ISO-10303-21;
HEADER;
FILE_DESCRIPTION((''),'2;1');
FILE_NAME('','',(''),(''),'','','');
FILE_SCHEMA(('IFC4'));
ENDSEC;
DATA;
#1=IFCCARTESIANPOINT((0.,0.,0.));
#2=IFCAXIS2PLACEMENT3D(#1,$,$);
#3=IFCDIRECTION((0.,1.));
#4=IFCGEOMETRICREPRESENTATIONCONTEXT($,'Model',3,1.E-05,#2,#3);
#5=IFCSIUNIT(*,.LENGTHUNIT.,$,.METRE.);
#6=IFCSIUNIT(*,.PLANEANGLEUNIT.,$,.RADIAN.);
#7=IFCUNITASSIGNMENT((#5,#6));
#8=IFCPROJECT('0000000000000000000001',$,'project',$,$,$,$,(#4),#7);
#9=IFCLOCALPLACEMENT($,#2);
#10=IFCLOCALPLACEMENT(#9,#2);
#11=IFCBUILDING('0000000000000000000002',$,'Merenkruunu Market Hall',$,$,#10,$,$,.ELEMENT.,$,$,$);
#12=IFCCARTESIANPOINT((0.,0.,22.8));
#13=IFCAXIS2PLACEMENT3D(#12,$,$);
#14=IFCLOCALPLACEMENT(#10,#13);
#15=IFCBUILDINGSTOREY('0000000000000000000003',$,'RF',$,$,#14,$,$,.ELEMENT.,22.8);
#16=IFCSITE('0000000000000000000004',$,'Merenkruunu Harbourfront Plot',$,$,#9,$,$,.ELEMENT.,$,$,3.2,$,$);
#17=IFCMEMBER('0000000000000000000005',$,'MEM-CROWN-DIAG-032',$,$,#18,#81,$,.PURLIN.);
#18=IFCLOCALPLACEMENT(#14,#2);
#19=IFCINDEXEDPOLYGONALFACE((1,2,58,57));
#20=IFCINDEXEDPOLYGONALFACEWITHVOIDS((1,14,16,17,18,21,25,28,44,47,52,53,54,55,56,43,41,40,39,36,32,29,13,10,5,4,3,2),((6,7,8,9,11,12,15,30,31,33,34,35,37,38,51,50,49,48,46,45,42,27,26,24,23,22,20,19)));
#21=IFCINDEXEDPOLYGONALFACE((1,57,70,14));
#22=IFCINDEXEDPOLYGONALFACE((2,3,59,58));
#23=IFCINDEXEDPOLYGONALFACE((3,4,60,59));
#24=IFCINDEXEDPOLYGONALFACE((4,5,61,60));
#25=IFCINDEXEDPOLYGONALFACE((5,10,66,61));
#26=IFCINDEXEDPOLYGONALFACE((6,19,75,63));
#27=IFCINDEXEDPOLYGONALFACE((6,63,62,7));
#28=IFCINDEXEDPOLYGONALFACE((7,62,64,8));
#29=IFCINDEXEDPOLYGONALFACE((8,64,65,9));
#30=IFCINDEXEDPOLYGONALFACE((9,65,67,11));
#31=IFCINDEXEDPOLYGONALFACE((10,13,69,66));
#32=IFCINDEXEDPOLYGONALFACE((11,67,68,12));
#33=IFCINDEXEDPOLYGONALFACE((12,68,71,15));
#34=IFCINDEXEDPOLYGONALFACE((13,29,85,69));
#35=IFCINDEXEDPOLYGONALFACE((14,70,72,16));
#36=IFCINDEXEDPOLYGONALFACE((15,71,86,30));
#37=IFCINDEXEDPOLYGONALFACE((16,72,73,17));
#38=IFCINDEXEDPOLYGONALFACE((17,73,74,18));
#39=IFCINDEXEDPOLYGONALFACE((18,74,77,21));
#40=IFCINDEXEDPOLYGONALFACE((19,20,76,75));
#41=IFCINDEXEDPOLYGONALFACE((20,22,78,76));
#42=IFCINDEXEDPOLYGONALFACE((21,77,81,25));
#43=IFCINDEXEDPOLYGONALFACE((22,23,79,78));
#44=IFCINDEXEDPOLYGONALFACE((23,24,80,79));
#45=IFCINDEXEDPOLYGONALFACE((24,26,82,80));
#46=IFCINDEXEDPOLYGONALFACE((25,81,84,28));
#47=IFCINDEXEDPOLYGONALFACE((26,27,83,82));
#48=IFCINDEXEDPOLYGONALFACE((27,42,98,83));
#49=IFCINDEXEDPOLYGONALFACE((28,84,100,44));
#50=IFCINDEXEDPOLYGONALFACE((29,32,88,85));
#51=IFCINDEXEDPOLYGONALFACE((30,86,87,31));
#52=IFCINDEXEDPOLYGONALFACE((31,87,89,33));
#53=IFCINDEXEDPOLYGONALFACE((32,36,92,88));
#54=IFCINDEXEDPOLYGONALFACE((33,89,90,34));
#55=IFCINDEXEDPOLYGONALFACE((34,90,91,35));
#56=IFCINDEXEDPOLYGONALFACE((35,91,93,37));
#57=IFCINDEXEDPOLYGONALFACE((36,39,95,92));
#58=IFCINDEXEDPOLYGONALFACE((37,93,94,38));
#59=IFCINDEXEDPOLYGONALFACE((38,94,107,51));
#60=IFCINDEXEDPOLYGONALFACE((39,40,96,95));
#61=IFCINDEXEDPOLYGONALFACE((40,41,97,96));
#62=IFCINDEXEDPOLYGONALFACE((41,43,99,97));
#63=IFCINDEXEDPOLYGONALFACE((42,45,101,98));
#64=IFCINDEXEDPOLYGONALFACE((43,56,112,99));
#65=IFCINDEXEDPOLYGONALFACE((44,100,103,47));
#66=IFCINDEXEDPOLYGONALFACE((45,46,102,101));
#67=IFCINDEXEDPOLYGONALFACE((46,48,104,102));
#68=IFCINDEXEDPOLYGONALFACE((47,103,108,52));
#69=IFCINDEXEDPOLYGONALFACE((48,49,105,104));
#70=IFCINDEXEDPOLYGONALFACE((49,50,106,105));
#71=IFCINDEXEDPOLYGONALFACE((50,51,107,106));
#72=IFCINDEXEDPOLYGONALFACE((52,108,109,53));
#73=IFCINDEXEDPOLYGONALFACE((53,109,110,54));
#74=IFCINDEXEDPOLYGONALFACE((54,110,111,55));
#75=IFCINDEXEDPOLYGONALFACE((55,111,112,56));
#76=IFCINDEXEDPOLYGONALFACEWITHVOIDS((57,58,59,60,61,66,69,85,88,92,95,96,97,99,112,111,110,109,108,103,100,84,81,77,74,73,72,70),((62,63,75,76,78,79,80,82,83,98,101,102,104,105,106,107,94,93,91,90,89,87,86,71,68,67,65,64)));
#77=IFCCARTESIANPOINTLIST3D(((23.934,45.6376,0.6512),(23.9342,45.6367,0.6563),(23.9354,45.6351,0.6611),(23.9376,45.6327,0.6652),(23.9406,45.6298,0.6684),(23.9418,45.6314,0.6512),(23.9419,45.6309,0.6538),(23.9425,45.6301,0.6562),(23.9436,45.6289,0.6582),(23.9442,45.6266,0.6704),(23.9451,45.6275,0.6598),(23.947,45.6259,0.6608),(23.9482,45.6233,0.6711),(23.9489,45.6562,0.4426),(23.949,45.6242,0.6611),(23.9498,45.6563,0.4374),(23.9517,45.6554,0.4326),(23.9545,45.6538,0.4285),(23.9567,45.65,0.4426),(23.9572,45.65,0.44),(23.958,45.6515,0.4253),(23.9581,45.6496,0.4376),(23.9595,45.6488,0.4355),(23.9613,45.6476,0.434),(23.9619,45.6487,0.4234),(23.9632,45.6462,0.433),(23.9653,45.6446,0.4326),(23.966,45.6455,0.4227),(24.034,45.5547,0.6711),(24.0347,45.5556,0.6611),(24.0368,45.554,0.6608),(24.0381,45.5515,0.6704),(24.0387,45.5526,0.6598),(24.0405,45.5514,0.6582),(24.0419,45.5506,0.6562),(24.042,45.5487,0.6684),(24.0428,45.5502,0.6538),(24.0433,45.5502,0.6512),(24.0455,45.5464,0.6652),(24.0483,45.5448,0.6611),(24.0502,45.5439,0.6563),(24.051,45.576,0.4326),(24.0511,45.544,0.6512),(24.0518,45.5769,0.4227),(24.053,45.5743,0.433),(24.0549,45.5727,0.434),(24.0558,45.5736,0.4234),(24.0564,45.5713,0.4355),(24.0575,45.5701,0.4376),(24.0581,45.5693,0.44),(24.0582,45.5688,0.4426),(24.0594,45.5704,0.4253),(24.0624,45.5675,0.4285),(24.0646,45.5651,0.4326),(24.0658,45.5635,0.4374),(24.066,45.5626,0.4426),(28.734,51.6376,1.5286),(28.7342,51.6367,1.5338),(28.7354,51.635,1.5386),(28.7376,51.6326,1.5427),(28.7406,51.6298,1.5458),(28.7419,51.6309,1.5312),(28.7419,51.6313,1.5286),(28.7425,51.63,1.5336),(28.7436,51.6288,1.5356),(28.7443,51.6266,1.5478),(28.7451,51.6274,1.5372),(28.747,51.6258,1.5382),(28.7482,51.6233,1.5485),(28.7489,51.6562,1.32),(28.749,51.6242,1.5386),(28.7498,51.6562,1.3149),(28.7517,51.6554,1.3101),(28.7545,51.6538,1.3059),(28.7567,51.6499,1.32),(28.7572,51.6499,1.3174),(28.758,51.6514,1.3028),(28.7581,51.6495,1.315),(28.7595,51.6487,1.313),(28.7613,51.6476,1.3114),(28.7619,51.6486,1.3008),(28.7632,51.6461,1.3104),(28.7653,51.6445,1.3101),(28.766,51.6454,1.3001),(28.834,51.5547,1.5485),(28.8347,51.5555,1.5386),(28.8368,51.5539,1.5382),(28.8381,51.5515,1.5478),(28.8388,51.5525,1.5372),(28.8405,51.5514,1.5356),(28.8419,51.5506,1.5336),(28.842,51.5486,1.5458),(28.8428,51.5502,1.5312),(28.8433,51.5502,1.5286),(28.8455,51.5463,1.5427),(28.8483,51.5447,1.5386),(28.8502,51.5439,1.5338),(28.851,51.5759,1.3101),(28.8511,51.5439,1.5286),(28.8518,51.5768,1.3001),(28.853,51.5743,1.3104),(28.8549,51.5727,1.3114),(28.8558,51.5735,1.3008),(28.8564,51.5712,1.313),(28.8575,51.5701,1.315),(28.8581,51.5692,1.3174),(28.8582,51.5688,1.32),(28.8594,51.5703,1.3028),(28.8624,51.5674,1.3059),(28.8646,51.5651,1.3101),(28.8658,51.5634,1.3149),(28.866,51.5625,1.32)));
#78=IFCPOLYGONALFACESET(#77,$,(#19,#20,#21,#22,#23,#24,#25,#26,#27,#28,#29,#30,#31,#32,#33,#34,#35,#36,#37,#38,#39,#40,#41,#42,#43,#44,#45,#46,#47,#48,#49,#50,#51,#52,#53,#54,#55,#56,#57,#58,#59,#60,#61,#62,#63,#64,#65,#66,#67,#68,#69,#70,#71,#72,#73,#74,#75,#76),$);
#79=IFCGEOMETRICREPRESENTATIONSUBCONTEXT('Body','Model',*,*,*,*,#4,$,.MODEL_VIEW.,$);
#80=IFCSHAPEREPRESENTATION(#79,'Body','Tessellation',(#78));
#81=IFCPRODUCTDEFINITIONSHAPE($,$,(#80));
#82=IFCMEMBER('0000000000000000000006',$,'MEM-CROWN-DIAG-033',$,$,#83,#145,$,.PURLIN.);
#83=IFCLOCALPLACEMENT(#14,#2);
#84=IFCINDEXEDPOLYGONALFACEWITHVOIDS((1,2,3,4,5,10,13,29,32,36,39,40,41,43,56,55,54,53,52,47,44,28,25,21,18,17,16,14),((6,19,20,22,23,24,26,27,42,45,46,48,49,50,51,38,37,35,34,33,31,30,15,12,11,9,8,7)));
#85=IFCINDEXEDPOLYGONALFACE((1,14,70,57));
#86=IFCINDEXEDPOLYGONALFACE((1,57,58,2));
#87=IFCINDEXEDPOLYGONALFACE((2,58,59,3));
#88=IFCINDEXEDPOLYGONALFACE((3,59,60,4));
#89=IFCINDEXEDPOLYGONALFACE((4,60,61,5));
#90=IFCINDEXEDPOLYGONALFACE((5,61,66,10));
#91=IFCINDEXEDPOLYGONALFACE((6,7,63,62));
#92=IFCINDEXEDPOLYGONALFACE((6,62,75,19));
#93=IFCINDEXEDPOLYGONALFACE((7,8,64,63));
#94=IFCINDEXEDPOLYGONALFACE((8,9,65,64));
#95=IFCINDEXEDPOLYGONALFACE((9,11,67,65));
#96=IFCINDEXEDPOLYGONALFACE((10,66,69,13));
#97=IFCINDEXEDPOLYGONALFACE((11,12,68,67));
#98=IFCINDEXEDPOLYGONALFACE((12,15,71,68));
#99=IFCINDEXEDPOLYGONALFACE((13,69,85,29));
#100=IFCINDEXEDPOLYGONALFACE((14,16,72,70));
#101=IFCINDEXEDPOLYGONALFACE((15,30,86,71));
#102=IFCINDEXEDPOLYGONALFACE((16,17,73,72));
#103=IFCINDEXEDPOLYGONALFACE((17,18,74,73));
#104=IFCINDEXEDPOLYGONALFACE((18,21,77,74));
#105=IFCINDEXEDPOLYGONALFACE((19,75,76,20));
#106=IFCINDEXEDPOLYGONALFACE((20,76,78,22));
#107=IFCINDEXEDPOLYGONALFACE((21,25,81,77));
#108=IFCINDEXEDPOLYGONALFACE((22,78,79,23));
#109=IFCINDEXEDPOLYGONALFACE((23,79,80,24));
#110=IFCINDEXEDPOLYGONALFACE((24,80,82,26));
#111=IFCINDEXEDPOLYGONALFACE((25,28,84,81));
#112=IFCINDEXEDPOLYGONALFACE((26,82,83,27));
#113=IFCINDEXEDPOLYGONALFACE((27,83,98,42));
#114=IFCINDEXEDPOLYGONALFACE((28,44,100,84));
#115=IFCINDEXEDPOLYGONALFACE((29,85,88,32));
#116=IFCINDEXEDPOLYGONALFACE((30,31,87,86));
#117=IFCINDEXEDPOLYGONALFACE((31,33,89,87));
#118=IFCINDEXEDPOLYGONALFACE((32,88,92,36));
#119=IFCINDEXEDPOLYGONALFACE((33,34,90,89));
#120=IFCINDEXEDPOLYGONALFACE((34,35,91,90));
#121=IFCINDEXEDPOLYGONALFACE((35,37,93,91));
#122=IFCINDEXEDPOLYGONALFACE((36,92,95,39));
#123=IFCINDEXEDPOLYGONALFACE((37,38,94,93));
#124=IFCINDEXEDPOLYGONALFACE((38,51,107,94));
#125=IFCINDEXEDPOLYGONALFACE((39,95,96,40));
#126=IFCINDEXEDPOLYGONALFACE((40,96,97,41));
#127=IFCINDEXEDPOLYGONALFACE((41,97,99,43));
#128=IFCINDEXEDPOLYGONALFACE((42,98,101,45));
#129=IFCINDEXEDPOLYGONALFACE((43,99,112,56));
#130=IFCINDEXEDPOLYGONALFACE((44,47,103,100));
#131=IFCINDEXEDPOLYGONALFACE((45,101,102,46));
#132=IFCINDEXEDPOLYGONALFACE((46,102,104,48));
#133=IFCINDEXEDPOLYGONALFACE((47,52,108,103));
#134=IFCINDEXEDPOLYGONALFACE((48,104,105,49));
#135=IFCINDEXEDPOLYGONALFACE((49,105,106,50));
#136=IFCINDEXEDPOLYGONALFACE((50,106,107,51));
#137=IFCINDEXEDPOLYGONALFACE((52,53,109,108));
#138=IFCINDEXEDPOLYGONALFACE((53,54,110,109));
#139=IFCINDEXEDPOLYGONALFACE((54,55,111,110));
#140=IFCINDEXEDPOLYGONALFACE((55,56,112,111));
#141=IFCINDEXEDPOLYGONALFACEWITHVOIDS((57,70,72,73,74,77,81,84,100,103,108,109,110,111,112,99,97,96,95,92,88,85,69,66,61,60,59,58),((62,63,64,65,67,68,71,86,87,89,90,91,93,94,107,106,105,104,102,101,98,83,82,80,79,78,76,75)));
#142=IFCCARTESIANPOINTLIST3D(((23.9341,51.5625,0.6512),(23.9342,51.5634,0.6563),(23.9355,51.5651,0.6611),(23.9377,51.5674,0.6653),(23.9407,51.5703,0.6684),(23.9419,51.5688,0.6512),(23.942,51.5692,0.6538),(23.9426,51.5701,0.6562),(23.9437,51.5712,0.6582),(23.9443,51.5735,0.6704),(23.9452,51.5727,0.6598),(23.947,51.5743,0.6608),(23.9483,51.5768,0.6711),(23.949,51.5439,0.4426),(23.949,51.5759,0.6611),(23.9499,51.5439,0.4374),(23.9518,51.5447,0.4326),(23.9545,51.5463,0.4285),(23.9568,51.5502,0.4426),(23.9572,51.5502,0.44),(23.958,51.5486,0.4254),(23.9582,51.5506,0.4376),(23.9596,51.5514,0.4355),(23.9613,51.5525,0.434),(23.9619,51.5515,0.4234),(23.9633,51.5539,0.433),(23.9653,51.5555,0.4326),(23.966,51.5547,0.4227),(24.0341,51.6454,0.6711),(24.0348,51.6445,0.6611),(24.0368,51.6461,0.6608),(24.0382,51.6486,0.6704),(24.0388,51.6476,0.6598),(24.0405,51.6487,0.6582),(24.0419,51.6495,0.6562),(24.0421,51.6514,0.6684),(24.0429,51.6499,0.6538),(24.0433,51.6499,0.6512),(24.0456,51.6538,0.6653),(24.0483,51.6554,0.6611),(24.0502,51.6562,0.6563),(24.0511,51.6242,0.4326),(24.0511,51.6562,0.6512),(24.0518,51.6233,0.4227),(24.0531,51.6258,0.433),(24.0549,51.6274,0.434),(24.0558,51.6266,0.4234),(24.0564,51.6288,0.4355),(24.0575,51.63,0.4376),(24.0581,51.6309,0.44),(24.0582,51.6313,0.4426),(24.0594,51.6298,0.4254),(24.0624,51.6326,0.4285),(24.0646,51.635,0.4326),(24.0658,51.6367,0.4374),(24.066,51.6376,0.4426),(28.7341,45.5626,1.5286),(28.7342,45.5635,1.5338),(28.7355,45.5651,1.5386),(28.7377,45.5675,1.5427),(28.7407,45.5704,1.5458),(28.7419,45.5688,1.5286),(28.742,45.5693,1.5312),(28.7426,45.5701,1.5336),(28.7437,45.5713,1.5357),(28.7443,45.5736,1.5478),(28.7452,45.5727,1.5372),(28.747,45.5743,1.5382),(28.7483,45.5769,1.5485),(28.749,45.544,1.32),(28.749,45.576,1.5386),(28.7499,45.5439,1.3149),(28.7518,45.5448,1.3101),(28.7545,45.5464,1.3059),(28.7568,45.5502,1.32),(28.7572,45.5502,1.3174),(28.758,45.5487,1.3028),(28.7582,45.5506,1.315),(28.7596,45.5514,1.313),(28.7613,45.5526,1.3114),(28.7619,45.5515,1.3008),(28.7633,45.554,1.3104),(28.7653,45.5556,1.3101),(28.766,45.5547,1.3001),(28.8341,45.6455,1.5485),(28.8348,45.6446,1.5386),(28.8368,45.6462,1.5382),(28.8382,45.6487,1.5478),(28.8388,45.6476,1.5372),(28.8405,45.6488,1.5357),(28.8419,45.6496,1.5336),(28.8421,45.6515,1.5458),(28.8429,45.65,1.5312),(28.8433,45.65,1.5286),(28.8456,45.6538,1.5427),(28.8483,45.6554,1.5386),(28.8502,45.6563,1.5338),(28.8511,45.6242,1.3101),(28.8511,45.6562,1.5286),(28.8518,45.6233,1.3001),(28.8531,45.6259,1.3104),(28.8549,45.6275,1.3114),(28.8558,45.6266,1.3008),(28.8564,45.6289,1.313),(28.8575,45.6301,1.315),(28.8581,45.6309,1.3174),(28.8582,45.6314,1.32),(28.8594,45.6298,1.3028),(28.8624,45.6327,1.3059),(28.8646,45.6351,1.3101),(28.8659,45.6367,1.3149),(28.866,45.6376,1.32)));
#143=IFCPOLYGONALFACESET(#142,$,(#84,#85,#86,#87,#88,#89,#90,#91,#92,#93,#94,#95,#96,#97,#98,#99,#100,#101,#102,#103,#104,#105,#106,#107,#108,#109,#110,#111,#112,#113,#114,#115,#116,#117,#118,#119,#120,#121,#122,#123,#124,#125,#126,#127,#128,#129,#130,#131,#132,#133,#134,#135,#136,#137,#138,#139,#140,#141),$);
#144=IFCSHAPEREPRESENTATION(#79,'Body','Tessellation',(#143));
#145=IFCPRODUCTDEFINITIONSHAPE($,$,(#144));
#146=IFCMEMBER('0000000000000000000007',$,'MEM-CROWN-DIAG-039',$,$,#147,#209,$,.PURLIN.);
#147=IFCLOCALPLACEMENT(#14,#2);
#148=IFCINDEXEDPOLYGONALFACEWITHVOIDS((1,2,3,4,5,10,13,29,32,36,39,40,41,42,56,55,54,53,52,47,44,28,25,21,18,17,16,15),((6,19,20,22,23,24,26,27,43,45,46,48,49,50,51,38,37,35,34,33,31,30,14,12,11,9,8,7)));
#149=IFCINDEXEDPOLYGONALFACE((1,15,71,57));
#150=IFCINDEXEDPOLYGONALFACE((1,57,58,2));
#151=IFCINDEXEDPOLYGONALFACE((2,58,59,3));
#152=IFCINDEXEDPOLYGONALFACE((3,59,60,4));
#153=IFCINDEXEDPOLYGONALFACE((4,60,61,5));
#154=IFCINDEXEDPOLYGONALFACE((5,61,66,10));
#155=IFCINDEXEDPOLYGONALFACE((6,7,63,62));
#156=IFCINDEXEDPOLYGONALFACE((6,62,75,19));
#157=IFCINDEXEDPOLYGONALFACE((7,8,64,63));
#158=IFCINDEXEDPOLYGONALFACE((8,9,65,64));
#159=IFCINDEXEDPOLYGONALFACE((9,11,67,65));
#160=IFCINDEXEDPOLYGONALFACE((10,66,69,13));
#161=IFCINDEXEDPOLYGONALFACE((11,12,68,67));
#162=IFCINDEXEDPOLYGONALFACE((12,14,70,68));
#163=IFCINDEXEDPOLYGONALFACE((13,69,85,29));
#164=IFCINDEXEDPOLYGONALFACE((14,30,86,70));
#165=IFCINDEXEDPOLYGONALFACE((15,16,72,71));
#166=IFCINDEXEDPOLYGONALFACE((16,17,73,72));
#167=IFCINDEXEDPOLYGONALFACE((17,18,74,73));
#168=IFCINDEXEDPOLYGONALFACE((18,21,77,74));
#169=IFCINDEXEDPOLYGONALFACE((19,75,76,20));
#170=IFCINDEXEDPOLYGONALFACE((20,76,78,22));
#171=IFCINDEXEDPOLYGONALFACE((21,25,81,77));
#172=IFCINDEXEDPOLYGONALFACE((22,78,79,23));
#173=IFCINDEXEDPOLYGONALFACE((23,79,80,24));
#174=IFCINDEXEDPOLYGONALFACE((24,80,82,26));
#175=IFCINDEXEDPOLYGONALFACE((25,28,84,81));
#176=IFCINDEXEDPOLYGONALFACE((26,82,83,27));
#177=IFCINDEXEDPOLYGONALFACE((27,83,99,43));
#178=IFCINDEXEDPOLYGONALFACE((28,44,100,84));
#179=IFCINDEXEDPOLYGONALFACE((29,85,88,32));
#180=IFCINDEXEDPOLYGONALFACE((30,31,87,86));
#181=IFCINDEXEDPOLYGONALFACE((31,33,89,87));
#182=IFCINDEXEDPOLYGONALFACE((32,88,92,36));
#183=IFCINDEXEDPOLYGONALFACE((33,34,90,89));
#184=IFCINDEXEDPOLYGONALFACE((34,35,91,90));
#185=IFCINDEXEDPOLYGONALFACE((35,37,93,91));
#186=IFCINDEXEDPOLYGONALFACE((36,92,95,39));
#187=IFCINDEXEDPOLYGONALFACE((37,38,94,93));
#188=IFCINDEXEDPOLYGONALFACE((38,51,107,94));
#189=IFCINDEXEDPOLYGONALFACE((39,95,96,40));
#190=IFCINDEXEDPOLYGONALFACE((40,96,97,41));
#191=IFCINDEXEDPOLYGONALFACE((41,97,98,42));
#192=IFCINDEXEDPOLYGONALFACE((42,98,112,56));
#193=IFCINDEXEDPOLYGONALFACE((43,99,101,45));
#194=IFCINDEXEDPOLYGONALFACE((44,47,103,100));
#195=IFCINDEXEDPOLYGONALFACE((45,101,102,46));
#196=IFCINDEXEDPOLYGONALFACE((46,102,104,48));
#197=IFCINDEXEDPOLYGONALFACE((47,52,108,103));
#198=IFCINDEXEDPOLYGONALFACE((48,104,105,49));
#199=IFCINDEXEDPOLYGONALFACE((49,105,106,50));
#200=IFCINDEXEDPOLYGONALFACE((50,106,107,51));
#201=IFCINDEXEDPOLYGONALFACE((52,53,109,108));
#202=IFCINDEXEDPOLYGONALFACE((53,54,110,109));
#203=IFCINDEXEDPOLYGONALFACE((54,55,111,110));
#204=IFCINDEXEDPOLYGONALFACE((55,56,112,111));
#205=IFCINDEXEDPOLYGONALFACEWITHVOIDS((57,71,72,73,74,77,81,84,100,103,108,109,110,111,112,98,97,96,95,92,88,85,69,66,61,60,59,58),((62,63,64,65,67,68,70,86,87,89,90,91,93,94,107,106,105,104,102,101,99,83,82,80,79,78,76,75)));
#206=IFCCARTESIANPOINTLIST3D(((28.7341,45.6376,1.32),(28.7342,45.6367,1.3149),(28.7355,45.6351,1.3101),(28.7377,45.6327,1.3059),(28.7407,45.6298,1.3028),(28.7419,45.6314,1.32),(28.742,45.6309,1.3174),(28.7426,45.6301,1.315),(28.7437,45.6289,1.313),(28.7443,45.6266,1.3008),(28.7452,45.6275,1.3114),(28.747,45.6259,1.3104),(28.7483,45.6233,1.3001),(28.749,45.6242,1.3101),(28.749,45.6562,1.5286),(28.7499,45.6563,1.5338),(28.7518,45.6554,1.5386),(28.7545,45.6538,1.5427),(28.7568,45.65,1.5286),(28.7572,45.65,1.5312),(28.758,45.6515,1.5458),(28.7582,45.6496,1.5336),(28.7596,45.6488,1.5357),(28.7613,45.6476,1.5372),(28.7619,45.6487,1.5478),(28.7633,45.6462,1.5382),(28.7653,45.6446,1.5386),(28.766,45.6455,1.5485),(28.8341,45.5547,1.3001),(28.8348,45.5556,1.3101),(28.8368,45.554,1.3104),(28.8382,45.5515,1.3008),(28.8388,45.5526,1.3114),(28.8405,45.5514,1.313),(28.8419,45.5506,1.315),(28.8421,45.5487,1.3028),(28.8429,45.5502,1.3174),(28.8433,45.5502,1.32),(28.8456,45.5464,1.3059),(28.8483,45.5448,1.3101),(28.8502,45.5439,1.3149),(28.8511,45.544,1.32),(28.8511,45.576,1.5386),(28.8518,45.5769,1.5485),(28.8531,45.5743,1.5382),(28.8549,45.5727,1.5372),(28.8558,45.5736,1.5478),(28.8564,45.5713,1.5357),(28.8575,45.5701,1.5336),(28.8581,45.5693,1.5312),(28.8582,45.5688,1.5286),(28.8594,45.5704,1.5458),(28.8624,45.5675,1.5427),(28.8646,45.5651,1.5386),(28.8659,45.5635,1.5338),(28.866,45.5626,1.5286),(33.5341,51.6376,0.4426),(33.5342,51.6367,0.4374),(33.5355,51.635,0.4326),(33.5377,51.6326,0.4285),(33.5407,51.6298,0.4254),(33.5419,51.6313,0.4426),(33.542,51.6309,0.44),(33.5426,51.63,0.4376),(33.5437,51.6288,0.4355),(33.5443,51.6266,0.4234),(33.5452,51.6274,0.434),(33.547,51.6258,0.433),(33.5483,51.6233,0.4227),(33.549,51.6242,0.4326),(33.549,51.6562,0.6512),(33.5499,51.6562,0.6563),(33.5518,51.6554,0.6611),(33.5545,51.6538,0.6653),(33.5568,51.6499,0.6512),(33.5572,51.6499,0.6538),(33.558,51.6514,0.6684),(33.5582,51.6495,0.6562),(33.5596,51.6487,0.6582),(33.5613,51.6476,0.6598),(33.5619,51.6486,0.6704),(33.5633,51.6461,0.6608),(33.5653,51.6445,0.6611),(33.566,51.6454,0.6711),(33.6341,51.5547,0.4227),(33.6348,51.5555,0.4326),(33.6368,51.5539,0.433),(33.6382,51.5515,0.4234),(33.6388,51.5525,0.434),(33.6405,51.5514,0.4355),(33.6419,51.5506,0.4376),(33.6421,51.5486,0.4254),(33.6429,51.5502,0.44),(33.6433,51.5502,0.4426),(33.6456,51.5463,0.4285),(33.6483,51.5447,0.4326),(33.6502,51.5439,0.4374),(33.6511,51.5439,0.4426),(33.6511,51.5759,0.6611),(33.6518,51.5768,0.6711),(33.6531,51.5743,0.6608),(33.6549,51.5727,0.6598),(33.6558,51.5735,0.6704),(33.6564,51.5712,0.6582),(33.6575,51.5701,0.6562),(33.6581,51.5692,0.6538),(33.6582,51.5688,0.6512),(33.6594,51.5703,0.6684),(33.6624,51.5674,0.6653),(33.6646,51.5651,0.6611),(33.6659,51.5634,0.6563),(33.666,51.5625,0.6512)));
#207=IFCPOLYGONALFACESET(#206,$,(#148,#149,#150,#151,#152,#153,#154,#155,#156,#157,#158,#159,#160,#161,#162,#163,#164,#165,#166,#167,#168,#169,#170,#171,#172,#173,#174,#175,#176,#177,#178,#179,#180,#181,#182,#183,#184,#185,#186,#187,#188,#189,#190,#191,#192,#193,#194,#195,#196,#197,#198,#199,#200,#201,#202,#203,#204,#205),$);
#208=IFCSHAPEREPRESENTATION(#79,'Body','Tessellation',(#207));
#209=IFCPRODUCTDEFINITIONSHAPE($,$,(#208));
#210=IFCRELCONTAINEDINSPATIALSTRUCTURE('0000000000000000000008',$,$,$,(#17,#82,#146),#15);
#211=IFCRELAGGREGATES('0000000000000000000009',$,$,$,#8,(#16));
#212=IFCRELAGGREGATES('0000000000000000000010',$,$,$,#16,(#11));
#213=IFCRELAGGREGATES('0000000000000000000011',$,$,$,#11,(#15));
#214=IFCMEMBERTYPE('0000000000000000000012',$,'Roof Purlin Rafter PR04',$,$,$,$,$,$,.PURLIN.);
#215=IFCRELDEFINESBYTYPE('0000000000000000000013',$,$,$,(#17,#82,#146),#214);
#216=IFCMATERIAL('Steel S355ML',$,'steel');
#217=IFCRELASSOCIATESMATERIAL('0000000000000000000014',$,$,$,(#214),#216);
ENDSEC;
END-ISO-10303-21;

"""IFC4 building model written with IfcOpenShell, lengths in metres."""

from ifc_helpers import new_model, si_unit, direction, frame, origin, origin_2d, place, context, subcontext, project, spatial, hollow_rectangle, extrude, material, material_profile, profile_set, type_object, element, save


model = new_model("IFC4")

# Units and contexts
model_context = context("Model", 3, precision=1e-05, world=origin(), true_north=direction((0.0, 1.0)))
body_context = subcontext(model_context, "Body", "Model", "MODEL_VIEW")
ifc_project = project(units=[si_unit("LENGTHUNIT", "METRE"), si_unit("PLANEANGLEUNIT", "RADIAN")], contexts=[model_context])

# Site, building, storey
site_placement = place(None, origin())
site = spatial("IfcSite", under=ifc_project, at=site_placement, Name="Merenkruunu Harbourfront Plot", CompositionType="ELEMENT", RefElevation=3.2)
building_placement = place(site_placement, origin())
building = spatial("IfcBuilding", under=site, at=building_placement, Name="Merenkruunu Market Hall", CompositionType="ELEMENT")
storey_placement = place(building_placement, frame((0.0, 0.0, 22.8)))
storey = spatial("IfcBuildingStorey", under=building, at=storey_placement, Name="RF", CompositionType="ELEMENT", Elevation=22.8)

# Members
ifc_material_1 = material(Name="Steel S355ML", Category="steel")
ifc_material_profile = material_profile(ifc_material_1, hollow_rectangle(XDim=0.1499, YDim=0.25, WallThickness=0.01, InnerFilletRadius=0.01, OuterFilletRadius=0.02, at=origin_2d()), Name="RHS 250x150x10")
ifc_profile_set = profile_set([ifc_material_profile], Name="Steel S355ML")
member_type = type_object("IfcMemberType", Name="Roof Purlin Rafter PR04", PredefinedType="PURLIN", material=ifc_profile_set)
for number, where, z_axis, x_axis, name in (
    (1, (24.0, 45.6001, 0.5469), (0.620665, 0.775824, 0.113457), (-0.780866, 0.624699, 0.0), "MEM-CROWN-DIAG-032"),
    (2, (28.8, 45.6001, 1.4243), (-0.620665, 0.775824, -0.113457), (-0.780866, -0.624699, 0.0), "MEM-CROWN-DIAG-033"),
    (3, (28.8, 45.6001, 1.4243), (0.620665, 0.775824, -0.113457), (-0.780866, 0.624699, 0.0), "MEM-CROWN-DIAG-039"),
):
    element("IfcMember", number, at=place(storey_placement, frame(where, z_axis=z_axis, x_axis=x_axis)), inside=storey, type_object=member_type, Name=name, PredefinedType="PURLIN", context=body_context, shape_type="SweptSolid", body=[
        extrude(hollow_rectangle(XDim=0.1499, YDim=0.25, WallThickness=0.01, InnerFilletRadius=0.01, OuterFilletRadius=0.02, at=origin_2d()), origin(), (0.0, 0.0, 1.0), 7.7336),
    ])

save(model, "model.ifc")
